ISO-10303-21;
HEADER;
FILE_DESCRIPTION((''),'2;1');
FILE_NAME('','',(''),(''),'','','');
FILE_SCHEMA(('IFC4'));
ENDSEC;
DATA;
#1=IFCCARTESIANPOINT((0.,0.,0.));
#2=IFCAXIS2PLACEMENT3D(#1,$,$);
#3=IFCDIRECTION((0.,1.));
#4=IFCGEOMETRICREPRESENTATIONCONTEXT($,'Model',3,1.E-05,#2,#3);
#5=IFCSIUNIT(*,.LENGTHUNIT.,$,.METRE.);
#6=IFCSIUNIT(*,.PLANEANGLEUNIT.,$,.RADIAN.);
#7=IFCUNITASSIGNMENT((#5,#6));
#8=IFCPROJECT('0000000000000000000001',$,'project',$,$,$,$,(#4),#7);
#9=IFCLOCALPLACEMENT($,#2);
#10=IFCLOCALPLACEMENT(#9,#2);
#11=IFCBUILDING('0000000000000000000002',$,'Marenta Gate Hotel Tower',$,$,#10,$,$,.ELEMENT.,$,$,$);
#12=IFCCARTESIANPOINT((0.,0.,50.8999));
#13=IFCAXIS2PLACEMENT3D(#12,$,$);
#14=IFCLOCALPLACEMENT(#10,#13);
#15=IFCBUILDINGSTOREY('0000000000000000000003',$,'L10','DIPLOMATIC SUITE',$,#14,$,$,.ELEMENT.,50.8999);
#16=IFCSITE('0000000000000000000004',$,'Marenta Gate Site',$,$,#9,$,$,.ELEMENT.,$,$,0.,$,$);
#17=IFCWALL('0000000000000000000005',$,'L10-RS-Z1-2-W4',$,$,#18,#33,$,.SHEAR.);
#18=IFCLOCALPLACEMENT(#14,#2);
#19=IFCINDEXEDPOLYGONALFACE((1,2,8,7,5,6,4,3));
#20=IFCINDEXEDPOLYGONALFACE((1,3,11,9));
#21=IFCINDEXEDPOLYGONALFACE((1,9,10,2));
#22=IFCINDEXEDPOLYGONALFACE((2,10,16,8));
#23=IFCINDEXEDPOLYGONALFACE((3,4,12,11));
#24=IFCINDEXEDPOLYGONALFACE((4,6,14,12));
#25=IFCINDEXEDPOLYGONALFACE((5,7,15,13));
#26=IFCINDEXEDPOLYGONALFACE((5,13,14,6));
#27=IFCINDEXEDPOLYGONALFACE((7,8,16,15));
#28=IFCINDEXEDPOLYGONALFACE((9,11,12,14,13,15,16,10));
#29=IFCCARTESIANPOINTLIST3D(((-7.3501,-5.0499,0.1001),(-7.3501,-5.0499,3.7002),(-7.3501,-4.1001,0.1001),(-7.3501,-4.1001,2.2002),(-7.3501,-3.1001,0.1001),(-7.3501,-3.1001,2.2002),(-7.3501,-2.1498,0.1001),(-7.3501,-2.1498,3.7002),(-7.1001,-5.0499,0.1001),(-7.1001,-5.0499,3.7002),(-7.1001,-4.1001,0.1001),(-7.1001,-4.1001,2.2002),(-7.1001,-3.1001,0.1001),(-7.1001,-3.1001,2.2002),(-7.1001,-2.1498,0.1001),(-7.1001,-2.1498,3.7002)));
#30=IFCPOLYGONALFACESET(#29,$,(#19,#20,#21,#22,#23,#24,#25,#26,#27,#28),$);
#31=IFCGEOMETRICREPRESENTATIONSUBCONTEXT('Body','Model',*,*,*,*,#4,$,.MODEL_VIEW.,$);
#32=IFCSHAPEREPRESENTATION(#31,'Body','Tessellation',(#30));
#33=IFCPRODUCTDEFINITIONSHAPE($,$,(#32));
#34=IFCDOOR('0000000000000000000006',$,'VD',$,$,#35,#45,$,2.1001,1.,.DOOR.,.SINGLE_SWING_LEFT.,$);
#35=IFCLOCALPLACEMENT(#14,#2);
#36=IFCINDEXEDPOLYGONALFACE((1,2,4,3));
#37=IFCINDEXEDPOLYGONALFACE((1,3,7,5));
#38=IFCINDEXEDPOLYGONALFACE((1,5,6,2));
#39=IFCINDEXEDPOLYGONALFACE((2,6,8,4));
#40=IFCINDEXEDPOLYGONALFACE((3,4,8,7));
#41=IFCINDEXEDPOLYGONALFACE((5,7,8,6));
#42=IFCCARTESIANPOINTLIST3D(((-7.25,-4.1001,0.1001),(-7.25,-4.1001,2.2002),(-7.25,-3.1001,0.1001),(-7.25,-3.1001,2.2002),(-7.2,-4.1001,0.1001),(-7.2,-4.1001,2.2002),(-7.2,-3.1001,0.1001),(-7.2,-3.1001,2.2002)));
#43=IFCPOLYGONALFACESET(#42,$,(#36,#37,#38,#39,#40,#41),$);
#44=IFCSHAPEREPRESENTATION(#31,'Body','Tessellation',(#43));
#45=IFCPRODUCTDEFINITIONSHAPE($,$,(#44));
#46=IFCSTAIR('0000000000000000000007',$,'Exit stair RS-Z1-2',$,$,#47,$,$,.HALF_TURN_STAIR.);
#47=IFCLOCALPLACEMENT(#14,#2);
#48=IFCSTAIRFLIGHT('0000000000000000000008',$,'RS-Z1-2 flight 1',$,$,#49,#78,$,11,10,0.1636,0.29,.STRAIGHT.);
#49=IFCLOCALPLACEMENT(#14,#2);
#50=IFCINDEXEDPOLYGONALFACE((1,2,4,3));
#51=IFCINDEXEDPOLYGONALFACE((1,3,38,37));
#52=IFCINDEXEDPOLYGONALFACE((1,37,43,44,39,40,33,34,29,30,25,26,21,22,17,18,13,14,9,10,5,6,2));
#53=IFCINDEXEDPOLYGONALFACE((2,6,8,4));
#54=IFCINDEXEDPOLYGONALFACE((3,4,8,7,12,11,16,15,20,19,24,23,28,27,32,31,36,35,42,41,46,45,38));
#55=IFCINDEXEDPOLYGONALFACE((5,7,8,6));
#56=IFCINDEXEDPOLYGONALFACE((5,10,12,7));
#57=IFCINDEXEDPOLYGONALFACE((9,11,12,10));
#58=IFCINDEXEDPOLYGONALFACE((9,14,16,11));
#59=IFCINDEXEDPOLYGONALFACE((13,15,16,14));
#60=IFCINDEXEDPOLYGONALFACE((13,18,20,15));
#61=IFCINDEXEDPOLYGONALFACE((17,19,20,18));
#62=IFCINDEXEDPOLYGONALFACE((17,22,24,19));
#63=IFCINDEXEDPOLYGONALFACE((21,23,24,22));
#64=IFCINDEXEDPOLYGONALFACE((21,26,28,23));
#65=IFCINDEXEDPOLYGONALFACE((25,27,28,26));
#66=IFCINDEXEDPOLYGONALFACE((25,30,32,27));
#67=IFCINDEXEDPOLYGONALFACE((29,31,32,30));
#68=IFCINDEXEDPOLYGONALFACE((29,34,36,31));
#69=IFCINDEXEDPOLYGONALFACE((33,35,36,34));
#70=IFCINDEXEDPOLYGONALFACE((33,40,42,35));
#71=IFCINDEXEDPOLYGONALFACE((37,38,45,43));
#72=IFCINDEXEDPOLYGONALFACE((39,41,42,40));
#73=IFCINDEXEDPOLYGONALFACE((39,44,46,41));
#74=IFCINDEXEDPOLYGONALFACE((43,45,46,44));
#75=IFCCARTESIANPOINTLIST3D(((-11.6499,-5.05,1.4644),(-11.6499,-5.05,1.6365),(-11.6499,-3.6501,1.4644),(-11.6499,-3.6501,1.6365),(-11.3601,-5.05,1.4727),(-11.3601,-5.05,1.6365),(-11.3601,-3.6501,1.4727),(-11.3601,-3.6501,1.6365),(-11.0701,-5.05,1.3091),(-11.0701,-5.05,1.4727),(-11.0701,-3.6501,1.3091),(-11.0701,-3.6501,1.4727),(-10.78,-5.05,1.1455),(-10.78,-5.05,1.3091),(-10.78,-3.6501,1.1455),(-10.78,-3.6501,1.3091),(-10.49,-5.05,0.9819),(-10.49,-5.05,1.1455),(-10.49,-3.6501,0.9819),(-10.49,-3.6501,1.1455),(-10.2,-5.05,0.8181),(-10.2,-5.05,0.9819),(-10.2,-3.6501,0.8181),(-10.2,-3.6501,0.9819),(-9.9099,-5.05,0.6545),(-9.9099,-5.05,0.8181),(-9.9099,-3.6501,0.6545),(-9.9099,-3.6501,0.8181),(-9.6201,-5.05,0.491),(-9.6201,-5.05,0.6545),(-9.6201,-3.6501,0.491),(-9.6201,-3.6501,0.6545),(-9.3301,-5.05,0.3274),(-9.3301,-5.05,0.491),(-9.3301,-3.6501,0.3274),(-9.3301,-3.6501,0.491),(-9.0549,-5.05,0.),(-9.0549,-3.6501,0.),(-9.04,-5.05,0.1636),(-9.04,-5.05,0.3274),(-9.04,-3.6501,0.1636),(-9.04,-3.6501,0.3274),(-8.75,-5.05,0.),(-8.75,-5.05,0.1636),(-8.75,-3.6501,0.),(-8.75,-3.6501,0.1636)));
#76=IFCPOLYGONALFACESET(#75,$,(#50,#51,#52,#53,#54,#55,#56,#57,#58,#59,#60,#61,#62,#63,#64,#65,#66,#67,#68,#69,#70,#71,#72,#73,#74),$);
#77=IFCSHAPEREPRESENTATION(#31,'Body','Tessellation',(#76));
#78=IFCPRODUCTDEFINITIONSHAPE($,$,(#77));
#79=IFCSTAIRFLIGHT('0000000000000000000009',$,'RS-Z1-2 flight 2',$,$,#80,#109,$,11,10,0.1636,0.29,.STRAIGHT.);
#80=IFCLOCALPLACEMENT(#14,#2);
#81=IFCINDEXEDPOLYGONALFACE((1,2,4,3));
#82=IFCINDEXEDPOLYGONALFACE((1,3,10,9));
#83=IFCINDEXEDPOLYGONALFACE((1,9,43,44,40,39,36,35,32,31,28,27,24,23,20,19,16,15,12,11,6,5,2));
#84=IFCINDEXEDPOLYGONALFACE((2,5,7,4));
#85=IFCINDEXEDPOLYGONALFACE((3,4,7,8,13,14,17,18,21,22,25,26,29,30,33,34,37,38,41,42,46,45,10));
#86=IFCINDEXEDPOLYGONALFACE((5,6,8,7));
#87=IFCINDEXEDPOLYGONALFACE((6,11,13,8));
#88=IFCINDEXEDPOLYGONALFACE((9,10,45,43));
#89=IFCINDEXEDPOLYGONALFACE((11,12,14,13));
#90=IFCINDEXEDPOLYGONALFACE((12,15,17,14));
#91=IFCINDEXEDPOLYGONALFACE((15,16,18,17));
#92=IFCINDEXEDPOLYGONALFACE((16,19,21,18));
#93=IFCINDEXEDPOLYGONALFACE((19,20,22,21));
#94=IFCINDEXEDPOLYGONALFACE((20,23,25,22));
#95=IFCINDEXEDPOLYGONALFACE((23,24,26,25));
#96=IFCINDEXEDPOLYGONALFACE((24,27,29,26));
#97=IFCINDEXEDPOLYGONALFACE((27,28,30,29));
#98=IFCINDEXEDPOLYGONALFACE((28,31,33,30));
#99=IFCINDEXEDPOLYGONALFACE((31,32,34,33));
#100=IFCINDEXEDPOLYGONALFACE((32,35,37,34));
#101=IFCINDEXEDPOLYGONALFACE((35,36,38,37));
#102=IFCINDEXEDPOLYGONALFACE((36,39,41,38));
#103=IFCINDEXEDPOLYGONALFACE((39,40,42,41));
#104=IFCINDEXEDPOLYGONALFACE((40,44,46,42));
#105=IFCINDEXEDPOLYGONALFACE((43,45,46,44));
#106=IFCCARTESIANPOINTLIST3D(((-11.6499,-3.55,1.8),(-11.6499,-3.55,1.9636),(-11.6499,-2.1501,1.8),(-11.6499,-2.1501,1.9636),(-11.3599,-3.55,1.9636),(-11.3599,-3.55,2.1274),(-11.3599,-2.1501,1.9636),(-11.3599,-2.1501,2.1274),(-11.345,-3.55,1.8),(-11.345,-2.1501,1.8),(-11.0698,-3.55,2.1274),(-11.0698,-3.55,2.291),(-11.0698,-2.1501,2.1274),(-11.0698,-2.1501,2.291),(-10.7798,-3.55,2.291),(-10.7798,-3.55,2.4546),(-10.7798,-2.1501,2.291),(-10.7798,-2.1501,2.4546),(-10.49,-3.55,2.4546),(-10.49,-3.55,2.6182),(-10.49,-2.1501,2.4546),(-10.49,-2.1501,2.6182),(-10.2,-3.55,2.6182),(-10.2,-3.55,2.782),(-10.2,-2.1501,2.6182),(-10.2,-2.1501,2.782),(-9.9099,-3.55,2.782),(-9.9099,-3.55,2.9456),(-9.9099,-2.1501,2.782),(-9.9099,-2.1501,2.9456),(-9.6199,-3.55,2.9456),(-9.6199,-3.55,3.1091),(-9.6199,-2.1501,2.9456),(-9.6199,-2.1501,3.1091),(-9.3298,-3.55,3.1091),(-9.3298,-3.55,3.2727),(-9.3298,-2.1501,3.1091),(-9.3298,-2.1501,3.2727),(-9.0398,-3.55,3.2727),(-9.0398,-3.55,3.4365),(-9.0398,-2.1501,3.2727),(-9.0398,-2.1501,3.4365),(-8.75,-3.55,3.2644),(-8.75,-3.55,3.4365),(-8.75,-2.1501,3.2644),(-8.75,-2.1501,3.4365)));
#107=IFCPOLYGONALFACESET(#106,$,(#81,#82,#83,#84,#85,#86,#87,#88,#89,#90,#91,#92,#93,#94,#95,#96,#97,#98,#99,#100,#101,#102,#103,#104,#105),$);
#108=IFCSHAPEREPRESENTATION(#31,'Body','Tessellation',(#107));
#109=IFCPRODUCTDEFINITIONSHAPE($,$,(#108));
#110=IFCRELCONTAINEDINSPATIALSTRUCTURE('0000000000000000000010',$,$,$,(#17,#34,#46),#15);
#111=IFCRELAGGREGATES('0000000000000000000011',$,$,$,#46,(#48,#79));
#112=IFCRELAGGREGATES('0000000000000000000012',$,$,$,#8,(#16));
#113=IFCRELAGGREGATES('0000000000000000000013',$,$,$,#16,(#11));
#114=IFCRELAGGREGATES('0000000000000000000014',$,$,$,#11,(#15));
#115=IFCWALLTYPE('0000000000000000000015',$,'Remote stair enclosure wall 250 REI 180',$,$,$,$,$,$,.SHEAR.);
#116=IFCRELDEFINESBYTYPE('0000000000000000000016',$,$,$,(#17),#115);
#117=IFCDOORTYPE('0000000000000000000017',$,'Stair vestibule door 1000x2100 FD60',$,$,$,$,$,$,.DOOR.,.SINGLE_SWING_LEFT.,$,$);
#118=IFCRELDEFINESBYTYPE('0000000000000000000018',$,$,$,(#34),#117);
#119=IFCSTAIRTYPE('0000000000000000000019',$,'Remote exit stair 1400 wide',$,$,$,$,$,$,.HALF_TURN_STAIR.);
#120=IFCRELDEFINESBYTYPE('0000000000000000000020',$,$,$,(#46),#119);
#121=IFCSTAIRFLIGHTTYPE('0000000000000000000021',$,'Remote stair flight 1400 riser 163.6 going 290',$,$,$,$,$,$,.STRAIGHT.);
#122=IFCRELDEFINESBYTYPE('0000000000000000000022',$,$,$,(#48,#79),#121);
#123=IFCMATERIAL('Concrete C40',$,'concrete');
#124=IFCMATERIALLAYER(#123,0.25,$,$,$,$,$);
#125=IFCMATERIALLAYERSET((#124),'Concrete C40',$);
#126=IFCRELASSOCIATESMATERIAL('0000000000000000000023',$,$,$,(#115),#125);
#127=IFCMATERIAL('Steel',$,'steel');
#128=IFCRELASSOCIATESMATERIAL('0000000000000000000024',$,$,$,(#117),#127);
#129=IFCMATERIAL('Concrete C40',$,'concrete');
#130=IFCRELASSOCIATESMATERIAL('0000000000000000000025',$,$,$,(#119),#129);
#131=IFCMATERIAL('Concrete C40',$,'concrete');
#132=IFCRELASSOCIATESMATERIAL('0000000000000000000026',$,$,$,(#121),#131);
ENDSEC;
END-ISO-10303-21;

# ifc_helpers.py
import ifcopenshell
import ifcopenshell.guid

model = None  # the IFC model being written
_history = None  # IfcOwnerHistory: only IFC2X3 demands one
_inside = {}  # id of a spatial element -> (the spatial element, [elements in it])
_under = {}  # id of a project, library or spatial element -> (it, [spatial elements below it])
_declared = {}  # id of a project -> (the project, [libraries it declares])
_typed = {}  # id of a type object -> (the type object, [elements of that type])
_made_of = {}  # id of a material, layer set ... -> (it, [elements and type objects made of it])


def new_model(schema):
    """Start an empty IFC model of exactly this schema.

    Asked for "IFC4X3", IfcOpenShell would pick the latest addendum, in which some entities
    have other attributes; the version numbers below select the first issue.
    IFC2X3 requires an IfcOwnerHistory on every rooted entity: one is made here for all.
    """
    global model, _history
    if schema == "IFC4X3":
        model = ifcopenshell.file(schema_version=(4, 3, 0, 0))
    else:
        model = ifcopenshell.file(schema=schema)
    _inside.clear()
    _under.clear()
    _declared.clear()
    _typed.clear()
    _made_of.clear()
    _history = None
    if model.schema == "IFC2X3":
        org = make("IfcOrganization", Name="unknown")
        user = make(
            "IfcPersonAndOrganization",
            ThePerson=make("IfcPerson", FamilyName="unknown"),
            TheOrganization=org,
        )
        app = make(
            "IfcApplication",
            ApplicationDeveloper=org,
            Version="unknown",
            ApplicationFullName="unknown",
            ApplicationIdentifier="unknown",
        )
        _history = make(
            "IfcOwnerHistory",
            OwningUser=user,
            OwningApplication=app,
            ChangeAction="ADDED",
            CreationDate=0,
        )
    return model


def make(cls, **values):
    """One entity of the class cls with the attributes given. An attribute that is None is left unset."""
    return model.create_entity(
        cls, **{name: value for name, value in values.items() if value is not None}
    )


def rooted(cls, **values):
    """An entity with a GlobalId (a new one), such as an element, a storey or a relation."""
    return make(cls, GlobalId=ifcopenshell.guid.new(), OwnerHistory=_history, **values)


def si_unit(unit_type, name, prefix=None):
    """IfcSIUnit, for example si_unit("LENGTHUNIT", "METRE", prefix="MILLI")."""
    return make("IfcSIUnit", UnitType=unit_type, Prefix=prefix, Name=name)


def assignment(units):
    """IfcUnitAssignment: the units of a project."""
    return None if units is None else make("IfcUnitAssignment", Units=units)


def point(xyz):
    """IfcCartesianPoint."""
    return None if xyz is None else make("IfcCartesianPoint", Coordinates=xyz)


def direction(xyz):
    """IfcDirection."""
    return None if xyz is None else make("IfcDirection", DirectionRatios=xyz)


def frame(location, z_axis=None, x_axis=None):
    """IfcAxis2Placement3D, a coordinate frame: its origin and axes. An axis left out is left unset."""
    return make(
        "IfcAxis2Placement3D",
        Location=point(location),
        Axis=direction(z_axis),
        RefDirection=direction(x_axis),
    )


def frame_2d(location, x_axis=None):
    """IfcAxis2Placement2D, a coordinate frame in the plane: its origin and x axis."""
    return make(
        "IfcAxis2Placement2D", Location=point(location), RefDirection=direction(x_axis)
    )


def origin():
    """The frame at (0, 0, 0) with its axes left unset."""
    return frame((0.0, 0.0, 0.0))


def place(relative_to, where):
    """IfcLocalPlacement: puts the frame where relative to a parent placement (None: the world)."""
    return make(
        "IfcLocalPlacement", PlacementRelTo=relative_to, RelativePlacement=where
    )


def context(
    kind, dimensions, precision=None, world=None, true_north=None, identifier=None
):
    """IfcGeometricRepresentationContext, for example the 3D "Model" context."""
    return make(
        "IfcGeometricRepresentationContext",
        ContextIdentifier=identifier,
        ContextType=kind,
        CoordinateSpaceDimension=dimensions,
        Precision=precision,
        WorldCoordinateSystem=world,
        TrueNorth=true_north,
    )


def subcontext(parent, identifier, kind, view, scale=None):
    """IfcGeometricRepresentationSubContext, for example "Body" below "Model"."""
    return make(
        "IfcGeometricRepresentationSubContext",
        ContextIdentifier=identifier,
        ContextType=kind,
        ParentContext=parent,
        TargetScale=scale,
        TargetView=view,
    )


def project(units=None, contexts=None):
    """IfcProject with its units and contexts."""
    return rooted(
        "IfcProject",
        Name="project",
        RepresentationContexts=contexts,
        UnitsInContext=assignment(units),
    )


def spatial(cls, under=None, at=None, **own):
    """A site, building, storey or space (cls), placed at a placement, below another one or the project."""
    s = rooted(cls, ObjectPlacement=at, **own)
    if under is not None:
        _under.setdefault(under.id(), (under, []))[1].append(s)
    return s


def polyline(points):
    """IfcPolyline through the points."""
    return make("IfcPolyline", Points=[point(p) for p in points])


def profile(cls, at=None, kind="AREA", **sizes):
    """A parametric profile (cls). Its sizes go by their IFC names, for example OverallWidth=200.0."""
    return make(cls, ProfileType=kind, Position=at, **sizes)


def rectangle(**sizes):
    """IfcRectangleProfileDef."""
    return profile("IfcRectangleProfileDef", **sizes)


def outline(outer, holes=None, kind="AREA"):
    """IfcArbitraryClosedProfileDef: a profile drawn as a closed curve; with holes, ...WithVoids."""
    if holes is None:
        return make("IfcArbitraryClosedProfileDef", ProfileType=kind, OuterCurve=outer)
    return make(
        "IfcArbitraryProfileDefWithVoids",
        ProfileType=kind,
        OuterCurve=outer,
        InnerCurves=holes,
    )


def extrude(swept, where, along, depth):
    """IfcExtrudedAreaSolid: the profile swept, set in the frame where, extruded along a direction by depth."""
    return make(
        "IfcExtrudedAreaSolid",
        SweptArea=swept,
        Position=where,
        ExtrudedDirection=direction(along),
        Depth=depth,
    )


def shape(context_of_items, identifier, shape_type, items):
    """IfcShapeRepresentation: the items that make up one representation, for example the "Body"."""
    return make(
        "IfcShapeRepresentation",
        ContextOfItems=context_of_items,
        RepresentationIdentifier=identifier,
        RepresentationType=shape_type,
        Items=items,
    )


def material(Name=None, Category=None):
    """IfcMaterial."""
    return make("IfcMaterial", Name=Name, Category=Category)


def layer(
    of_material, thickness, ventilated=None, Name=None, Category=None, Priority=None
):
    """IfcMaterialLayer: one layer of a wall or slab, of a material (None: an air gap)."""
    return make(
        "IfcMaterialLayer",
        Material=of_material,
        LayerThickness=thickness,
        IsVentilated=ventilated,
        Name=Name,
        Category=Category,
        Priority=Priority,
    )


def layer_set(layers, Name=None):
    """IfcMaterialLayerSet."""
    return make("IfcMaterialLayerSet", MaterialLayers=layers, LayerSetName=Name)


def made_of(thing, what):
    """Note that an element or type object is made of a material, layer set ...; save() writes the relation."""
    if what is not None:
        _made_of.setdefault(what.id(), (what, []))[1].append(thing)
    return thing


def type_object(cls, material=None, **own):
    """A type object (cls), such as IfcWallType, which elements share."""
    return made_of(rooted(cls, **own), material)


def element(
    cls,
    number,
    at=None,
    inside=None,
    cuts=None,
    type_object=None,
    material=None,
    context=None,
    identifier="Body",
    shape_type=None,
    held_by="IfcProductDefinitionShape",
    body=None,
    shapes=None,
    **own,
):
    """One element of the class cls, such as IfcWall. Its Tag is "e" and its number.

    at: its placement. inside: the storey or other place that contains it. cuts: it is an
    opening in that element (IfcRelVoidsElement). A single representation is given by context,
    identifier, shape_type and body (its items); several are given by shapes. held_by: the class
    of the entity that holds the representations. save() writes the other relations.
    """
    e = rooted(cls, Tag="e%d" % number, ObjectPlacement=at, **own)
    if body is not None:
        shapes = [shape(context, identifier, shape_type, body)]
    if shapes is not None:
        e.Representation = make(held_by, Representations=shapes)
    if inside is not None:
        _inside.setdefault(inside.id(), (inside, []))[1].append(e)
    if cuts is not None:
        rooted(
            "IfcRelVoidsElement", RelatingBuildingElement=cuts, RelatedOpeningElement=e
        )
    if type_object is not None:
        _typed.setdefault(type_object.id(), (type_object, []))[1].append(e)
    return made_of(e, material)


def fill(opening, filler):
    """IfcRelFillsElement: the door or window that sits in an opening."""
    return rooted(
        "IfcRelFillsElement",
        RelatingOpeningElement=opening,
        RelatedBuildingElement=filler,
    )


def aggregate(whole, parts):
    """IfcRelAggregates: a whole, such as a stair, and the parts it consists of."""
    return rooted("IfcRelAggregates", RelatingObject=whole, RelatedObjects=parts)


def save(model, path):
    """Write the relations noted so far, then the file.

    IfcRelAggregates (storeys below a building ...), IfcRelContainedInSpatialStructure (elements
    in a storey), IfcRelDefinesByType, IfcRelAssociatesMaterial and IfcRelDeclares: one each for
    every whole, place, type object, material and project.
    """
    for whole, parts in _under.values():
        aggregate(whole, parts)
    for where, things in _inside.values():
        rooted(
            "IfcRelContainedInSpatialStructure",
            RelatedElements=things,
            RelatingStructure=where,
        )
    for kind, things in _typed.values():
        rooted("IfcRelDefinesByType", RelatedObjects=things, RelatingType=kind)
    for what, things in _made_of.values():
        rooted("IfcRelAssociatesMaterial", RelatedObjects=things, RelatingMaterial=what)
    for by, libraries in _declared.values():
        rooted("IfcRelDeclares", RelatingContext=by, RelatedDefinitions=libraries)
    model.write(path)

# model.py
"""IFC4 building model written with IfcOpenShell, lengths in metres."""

from ifc_helpers import new_model, si_unit, direction, frame, frame_2d, origin, place, context, subcontext, project, spatial, polyline, rectangle, outline, extrude, material, layer, layer_set, type_object, element, fill, aggregate, save


model = new_model("IFC4")

# Units and contexts
model_context = context("Model", 3, precision=1e-05, world=origin(), true_north=direction((0.0, 1.0)))
body_context = subcontext(model_context, "Body", "Model", "MODEL_VIEW")
ifc_project = project(units=[si_unit("LENGTHUNIT", "METRE"), si_unit("PLANEANGLEUNIT", "RADIAN")], contexts=[model_context])

# Site, building, storey
site_placement = place(None, origin())
site = spatial("IfcSite", under=ifc_project, at=site_placement, Name="Marenta Gate Site", CompositionType="ELEMENT", RefElevation=0.0)
building_placement = place(site_placement, origin())
building = spatial("IfcBuilding", under=site, at=building_placement, Name="Marenta Gate Hotel Tower", CompositionType="ELEMENT")
storey_placement = place(building_placement, frame((0.0, 0.0, 50.8999)))
storey = spatial("IfcBuildingStorey", under=building, at=storey_placement, Name="L10", Description="DIPLOMATIC SUITE", CompositionType="ELEMENT", Elevation=50.8999)

# Shared definitions
ifc_material_1 = material(Name="Concrete C40", Category="concrete")
ifc_layer_1 = layer(ifc_material_1, 0.25)
ifc_layer_set_1 = layer_set([ifc_layer_1], Name="Concrete C40")
wall_type_1 = type_object("IfcWallType", Name="Remote stair enclosure wall 250 REI 180", PredefinedType="SHEAR", material=ifc_layer_set_1)

# Wall, opening, door
wall_1_placement = place(storey_placement, frame((-7.2251, -5.05, 0.1001), z_axis=(0.0, 0.0, 1.0), x_axis=(0.0, 1.0, 0.0)))
wall_1 = element("IfcWall", 1, at=wall_1_placement, inside=storey, type_object=wall_type_1, Name="L10-RS-Z1-2-W4", PredefinedType="SHEAR", context=body_context, shape_type="SweptSolid", body=[
    extrude(rectangle(XDim=2.9001, YDim=0.25, at=frame_2d((1.4502, 0.0))), origin(), (0.0, 0.0, 1.0), 3.6001),
])
opening_1_placement = place(wall_1_placement, frame((0.95, 0.0, 0.0)))
opening_1 = element("IfcOpeningElement", 2, at=opening_1_placement, cuts=wall_1, PredefinedType="OPENING", context=body_context, shape_type="SweptSolid", body=[
    extrude(rectangle(XDim=1.0, YDim=2.1001, at=frame_2d((0.5, 1.05))), frame((0.0, 0.125, 0.0), z_axis=(0.0, -1.0, 0.0), x_axis=(1.0, 0.0, 0.0)), (0.0, 0.0, 1.0), 0.25),
])
ifc_material_2 = material(Name="Steel", Category="steel")
door_type_1 = type_object("IfcDoorType", Name="Stair vestibule door 1000x2100 FD60", OperationType="SINGLE_SWING_LEFT", PredefinedType="DOOR", material=ifc_material_2)
door_1_placement = place(opening_1_placement, origin())
door_1 = element("IfcDoor", 3, at=door_1_placement, inside=storey, type_object=door_type_1, Name="VD", OperationType="SINGLE_SWING_LEFT", OverallHeight=2.1001, OverallWidth=1.0, PredefinedType="DOOR", context=body_context, shape_type="SweptSolid", body=[
    extrude(rectangle(XDim=1.0, YDim=2.1001, at=frame_2d((0.5, 1.05))), frame((0.0, 0.0249, 0.0), z_axis=(0.0, -1.0, 0.0), x_axis=(1.0, 0.0, 0.0)), (0.0, 0.0, 1.0), 0.05),
])
fill(opening_1, door_1)

# Stair, stair flights
ifc_material_3 = material(Name="Concrete C40", Category="concrete")
stair_type = type_object("IfcStairType", Name="Remote exit stair 1400 wide", PredefinedType="HALF_TURN_STAIR", material=ifc_material_3)
stair_placement = place(storey_placement, origin())
stair = element("IfcStair", 4, at=stair_placement, inside=storey, type_object=stair_type, Name="Exit stair RS-Z1-2", PredefinedType="HALF_TURN_STAIR")
ifc_material_4 = material(Name="Concrete C40", Category="concrete")
stair_flight_type = type_object("IfcStairFlightType", Name="Remote stair flight 1400 riser 163.6 going 290", PredefinedType="STRAIGHT", material=ifc_material_4)
stair_flight_1_placement = place(storey_placement, frame((-8.75, -4.3501, 0.0), z_axis=(0.0, 0.0, 1.0), x_axis=(-1.0, 0.0, 0.0)))
stair_flight_1 = element("IfcStairFlight", 5, at=stair_flight_1_placement, type_object=stair_flight_type, Name="RS-Z1-2 flight 1", NumberOfRisers=11, NumberOfTreads=10, PredefinedType="STRAIGHT", RiserHeight=0.1636, TreadLength=0.29, context=body_context, shape_type="SweptSolid", body=[
    extrude(outline(polyline([(0.0, 0.0), (0.0, 0.1636), (0.29, 0.1636), (0.29, 0.3274), (0.5801, 0.3274), (0.5801, 0.491), (0.8701, 0.491), (0.8701, 0.6545), (1.1599, 0.6545), (1.1599, 0.8181), (1.45, 0.8181), (1.45, 0.9819), (1.74, 0.9819), (1.74, 1.1455), (2.03, 1.1455), (2.03, 1.3091), (2.3201, 1.3091), (2.3201, 1.4727), (2.6101, 1.4727), (2.6101, 1.6365), (2.8999, 1.6365), (2.8999, 1.8), (2.8999, 1.4644), (0.3049, 0.0), (0.0, 0.0)])), frame((0.0, 0.7, 0.0), z_axis=(0.0, -1.0, 0.0), x_axis=(1.0, 0.0, 0.0)), (0.0, 0.0, 1.0), 1.3999),
])
stair_flight_2_placement = place(storey_placement, frame((-11.6499, -2.8501, 1.8), z_axis=(0.0, 0.0, 1.0), x_axis=(1.0, 0.0, 0.0)))
stair_flight_2 = element("IfcStairFlight", 6, at=stair_flight_2_placement, type_object=stair_flight_type, Name="RS-Z1-2 flight 2", NumberOfRisers=11, NumberOfTreads=10, PredefinedType="STRAIGHT", RiserHeight=0.1636, TreadLength=0.29, context=body_context, shape_type="SweptSolid", body=[
    extrude(outline(polyline([(0.0, 0.0), (0.0, 0.1636), (0.29, 0.1636), (0.29, 0.3274), (0.5801, 0.3274), (0.5801, 0.491), (0.8701, 0.491), (0.8701, 0.6545), (1.1599, 0.6545), (1.1599, 0.8181), (1.45, 0.8181), (1.45, 0.9819), (1.74, 0.9819), (1.74, 1.1455), (2.03, 1.1455), (2.03, 1.3091), (2.3201, 1.3091), (2.3201, 1.4727), (2.6101, 1.4727), (2.6101, 1.6365), (2.8999, 1.6365), (2.8999, 1.8), (2.8999, 1.4644), (0.3049, 0.0), (0.0, 0.0)])), frame((0.0, 0.7, 0.0), z_axis=(0.0, -1.0, 0.0), x_axis=(1.0, 0.0, 0.0)), (0.0, 0.0, 1.0), 1.3999),
])
aggregate(stair, [stair_flight_1, stair_flight_2])

save(model, "model.ifc")
